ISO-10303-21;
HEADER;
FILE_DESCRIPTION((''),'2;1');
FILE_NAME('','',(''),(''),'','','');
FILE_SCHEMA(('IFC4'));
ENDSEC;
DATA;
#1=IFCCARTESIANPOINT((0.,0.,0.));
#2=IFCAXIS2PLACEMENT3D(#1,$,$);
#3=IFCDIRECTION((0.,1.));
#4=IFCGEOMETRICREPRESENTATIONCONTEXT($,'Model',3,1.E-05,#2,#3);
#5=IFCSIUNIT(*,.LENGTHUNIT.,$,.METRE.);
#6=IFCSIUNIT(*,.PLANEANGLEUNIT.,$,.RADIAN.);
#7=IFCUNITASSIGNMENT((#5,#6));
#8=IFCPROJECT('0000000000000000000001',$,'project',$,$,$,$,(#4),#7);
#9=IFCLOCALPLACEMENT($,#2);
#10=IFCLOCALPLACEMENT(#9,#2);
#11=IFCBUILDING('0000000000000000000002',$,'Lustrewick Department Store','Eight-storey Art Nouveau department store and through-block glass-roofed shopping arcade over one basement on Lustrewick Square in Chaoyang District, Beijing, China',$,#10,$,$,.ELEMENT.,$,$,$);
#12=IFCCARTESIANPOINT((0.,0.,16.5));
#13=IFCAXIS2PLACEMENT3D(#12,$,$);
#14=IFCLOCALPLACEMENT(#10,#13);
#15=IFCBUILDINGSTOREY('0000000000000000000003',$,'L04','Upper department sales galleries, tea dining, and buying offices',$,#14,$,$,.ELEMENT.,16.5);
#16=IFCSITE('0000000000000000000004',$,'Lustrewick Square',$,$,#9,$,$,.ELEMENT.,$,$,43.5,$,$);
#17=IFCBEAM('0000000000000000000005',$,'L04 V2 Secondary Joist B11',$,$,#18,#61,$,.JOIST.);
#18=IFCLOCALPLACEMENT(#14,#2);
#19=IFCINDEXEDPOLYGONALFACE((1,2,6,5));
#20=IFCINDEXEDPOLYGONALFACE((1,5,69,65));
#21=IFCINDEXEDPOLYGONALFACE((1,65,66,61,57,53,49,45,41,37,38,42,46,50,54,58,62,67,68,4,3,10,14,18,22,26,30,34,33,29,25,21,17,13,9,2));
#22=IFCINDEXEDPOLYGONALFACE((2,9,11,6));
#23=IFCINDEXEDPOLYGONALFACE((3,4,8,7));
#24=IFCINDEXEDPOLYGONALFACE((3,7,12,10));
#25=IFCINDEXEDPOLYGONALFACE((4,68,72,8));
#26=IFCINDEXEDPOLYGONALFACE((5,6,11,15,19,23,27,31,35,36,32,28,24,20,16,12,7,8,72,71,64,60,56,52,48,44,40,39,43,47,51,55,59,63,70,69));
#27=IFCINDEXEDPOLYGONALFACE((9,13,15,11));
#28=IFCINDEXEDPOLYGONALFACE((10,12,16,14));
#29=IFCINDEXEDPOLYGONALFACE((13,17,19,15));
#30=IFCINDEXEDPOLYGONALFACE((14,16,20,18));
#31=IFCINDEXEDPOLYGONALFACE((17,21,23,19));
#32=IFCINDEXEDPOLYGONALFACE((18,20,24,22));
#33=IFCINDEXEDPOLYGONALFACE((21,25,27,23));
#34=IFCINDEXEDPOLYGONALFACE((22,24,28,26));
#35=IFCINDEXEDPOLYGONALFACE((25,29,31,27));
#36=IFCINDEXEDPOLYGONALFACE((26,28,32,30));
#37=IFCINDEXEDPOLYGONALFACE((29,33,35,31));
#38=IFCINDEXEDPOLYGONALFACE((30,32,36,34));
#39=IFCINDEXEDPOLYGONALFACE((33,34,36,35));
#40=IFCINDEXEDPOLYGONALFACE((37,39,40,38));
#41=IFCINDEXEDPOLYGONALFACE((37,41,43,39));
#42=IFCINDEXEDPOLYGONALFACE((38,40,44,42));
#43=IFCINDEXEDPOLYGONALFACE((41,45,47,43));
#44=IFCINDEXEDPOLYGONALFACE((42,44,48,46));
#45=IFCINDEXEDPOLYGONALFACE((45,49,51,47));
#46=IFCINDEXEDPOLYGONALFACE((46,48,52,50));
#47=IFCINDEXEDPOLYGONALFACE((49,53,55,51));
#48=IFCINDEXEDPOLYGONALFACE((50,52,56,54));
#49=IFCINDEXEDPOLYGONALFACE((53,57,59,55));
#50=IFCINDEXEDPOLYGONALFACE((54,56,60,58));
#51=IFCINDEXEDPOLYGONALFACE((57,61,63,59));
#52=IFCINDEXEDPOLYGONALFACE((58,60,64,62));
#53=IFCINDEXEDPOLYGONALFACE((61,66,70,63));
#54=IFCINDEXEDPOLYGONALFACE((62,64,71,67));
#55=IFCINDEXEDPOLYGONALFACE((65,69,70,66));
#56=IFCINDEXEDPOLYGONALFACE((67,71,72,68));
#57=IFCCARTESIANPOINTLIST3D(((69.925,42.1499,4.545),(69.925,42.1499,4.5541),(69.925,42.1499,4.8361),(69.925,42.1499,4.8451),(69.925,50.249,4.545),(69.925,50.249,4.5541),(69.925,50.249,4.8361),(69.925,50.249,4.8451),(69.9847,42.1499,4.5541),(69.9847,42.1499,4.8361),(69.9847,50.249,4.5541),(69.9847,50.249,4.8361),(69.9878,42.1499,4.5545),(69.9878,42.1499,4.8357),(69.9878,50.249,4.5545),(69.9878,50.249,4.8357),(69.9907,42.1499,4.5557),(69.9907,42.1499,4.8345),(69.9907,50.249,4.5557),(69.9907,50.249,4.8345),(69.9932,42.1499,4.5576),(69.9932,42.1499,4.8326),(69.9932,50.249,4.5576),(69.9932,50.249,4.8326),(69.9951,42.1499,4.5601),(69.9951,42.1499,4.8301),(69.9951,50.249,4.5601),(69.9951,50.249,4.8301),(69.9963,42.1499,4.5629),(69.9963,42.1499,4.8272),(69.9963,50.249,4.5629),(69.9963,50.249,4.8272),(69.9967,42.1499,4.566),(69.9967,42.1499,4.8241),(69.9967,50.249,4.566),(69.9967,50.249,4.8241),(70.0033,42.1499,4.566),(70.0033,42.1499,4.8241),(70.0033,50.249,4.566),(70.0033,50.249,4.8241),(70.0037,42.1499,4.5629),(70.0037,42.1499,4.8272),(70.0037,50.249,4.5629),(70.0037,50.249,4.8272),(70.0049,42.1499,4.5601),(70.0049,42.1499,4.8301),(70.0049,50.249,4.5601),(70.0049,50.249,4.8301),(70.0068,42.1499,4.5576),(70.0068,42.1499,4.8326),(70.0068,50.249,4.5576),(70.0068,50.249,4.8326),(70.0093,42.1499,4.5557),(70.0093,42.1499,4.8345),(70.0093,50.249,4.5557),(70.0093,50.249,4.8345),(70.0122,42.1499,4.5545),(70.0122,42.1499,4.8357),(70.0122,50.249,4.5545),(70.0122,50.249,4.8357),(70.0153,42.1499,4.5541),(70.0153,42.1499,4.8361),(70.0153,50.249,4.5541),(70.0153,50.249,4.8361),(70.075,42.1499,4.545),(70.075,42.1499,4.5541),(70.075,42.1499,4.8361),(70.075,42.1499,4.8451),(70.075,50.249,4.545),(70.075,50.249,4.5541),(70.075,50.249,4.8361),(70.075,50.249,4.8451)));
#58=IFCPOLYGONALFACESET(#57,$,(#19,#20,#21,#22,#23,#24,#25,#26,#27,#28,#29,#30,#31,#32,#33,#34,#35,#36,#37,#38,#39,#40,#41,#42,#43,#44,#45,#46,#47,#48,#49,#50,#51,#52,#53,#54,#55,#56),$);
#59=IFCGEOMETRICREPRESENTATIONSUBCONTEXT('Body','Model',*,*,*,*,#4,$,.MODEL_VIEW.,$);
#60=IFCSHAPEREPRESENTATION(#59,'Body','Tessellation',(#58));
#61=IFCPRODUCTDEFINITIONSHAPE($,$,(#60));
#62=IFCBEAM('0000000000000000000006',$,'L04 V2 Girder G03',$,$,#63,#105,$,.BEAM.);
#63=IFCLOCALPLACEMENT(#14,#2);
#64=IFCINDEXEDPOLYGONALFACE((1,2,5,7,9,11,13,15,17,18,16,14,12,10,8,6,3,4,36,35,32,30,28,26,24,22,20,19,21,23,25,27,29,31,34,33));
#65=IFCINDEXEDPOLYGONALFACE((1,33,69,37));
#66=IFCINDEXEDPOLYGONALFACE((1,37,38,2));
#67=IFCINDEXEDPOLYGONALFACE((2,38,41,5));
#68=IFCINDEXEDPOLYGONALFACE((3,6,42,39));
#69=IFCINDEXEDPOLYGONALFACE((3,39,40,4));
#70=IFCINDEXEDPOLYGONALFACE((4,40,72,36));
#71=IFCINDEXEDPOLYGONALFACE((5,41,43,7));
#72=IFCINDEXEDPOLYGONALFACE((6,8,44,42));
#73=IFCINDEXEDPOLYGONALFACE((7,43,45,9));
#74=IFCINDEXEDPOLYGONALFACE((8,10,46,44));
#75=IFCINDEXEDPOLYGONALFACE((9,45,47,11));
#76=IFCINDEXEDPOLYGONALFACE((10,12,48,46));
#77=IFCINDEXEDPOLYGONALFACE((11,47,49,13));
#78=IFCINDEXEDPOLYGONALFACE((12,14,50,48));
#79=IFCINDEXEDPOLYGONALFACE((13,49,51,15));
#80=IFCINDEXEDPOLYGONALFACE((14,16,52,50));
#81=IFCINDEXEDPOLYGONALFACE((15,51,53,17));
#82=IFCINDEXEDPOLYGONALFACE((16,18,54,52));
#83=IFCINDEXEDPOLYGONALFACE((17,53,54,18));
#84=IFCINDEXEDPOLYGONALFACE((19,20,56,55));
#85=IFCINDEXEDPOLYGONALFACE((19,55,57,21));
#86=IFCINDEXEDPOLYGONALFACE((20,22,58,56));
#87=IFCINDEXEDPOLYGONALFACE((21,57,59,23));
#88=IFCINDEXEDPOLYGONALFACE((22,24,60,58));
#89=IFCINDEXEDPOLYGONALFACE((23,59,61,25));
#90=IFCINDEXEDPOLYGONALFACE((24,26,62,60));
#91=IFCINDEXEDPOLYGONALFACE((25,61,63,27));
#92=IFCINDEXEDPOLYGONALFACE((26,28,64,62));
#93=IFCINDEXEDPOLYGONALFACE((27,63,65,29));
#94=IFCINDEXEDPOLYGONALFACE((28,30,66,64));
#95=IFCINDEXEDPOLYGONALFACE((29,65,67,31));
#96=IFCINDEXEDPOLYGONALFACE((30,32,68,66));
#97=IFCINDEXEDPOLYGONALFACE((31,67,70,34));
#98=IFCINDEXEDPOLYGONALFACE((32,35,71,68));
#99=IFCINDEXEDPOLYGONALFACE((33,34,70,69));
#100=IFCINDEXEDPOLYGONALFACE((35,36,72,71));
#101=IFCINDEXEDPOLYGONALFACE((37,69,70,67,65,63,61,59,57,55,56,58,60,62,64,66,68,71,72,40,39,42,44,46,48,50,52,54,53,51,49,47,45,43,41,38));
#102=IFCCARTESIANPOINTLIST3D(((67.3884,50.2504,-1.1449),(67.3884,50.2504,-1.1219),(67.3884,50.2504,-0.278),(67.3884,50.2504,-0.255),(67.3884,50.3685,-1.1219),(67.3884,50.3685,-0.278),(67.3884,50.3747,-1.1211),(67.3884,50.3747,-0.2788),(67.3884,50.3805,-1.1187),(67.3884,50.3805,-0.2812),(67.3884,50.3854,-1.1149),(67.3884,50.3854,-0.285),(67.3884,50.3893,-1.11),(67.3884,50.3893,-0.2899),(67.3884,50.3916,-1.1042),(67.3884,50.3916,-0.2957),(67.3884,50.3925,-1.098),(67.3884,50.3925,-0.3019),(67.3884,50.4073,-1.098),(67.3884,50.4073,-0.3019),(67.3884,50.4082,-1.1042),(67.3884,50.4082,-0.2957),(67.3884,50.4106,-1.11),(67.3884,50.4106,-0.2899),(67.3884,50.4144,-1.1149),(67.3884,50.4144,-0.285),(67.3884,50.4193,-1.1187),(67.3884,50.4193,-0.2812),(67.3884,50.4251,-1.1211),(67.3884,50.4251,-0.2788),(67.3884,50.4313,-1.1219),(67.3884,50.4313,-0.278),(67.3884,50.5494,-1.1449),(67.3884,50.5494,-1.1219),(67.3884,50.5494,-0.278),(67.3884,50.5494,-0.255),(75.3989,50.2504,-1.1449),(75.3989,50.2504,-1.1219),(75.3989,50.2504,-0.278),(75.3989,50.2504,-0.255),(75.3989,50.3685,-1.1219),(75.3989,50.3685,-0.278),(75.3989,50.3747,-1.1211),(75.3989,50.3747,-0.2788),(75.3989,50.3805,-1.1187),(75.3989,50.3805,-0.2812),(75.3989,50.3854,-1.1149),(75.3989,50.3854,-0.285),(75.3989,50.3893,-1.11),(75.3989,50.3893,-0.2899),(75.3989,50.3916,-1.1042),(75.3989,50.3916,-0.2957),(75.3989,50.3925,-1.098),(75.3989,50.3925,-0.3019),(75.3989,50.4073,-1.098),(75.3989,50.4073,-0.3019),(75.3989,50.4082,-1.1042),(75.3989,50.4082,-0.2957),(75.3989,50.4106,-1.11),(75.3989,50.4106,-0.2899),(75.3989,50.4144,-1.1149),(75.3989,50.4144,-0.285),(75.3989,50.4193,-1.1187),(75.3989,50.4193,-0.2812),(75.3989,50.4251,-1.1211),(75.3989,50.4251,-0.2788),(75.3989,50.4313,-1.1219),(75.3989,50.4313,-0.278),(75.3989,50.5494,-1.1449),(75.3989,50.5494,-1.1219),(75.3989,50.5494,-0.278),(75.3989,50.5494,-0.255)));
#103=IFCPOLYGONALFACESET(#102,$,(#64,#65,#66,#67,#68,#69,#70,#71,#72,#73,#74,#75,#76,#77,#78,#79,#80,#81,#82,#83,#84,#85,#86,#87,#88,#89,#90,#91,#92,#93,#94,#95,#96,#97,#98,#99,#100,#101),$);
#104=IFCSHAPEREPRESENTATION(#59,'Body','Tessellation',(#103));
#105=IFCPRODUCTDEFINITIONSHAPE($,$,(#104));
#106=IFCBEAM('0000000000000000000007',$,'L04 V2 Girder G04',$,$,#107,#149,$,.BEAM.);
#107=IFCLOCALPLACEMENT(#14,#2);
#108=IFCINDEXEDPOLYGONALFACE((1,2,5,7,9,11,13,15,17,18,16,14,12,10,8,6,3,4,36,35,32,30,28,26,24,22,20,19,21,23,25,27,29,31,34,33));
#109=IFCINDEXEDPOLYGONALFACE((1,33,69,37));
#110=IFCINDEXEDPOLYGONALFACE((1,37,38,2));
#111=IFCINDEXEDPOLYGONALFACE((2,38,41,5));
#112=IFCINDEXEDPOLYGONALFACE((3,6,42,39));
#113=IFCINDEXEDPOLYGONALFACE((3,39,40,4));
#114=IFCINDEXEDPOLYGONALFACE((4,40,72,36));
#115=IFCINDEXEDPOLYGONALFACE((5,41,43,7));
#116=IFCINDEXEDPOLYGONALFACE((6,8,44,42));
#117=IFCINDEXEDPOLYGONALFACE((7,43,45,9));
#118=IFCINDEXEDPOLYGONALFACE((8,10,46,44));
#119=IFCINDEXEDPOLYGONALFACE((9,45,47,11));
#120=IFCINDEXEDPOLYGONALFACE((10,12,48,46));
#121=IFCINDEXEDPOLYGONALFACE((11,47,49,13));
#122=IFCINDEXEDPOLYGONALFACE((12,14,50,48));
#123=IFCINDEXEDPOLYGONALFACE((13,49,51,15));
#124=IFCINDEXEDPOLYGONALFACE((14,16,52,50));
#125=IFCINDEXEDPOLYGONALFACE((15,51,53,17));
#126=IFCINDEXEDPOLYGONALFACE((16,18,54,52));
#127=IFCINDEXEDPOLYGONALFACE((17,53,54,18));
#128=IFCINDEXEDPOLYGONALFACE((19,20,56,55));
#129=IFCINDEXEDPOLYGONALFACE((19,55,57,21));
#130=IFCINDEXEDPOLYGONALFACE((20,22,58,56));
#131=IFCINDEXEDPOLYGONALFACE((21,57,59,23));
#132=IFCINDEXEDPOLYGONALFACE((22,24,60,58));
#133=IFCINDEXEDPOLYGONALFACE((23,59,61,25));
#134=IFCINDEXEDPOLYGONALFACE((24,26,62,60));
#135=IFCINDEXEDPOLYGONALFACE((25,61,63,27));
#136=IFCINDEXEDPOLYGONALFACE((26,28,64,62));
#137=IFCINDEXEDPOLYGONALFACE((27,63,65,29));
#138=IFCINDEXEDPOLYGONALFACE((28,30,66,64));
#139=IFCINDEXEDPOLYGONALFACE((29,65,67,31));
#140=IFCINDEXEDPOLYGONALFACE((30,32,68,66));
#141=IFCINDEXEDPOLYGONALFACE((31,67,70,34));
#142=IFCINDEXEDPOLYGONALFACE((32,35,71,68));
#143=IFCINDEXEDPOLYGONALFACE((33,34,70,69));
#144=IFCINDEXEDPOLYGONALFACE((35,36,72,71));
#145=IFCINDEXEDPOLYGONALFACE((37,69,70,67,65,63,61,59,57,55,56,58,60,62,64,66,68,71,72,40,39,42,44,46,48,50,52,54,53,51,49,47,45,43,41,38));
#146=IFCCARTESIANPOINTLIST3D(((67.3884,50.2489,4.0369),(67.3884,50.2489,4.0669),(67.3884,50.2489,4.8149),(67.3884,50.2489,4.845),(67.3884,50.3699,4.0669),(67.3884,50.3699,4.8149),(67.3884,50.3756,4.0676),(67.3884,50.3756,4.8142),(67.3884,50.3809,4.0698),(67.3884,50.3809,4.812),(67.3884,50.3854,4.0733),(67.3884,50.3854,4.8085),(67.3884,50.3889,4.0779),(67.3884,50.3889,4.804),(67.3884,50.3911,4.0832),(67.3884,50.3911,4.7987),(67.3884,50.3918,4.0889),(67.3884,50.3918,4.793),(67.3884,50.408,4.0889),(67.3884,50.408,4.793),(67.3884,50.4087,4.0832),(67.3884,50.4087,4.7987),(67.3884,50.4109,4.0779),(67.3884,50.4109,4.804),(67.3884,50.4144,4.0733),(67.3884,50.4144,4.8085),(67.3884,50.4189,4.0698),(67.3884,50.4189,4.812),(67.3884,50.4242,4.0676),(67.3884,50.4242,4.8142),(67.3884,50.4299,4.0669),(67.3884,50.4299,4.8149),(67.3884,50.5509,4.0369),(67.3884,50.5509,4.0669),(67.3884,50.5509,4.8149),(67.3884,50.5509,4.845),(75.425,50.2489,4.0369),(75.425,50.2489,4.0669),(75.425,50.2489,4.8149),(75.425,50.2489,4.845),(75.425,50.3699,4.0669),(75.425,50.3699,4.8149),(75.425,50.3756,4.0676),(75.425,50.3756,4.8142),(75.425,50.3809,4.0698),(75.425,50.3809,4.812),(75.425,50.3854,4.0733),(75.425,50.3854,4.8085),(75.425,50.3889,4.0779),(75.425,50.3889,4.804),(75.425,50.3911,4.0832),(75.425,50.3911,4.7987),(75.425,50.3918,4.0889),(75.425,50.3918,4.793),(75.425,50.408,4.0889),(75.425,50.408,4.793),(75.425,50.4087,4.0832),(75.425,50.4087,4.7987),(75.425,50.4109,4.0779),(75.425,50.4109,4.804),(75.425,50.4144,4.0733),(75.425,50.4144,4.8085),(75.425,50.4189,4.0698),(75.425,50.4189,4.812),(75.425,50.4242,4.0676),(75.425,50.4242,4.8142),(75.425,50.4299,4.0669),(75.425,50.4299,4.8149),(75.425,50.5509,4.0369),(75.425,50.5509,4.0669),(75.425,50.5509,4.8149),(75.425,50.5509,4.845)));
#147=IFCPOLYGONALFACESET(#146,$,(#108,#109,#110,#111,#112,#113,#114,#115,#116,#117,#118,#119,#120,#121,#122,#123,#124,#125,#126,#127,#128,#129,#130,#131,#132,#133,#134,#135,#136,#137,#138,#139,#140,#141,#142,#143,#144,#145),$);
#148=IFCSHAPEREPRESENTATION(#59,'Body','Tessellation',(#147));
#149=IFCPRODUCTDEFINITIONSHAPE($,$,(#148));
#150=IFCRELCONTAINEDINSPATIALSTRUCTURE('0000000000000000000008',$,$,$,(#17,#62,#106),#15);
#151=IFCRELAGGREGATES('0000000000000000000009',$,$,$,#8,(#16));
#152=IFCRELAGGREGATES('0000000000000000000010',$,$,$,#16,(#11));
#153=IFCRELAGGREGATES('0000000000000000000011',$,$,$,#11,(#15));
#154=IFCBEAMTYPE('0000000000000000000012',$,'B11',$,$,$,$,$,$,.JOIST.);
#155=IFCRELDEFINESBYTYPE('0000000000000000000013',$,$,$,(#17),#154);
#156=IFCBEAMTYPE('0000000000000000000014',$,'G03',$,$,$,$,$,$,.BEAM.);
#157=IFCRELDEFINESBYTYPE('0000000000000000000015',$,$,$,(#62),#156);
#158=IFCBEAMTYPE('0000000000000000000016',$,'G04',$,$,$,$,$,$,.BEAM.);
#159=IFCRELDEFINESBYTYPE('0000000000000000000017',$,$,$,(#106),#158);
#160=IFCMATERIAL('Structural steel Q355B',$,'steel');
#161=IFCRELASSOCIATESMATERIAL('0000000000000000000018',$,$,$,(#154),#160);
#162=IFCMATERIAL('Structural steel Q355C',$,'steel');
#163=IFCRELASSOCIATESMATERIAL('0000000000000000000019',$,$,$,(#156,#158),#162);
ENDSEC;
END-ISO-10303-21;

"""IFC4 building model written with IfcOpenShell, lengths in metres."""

from ifc_helpers import new_model, si_unit, direction, frame, origin, origin_2d, place, context, subcontext, project, spatial, i_section, extrude, material, material_profile, profile_set, type_object, element, save


model = new_model("IFC4")

# Units and contexts
model_context = context("Model", 3, precision=1e-05, world=origin(), true_north=direction((0.0, 1.0)))
body_context = subcontext(model_context, "Body", "Model", "MODEL_VIEW")
ifc_project = project(units=[si_unit("LENGTHUNIT", "METRE"), si_unit("PLANEANGLEUNIT", "RADIAN")], contexts=[model_context])

# Site, building, storey
site_placement = place(None, origin())
site = spatial("IfcSite", under=ifc_project, at=site_placement, Name="Lustrewick Square", CompositionType="ELEMENT", RefElevation=43.5)
building_placement = place(site_placement, origin())
building = spatial("IfcBuilding", under=site, at=building_placement, Name="Lustrewick Department Store", Description="Eight-storey Art Nouveau department store and through-block glass-roofed shopping arcade over one basement on Lustrewick Square in Chaoyang District, Beijing, China", CompositionType="ELEMENT")
storey_placement = place(building_placement, frame((0.0, 0.0, 16.5)))
storey = spatial("IfcBuildingStorey", under=building, at=storey_placement, Name="L04", Description="Upper department sales galleries, tea dining, and buying offices", CompositionType="ELEMENT", Elevation=16.5)

# Shared definitions
ifc_material_1 = material(Name="Structural steel Q355B", Category="steel")
ifc_material_2 = material(Name="Structural steel Q355C", Category="steel")

# Beams
ifc_material_profile_1 = material_profile(ifc_material_1, i_section(OverallWidth=0.1499, OverallDepth=0.3, WebThickness=0.0066, FlangeThickness=0.009, FilletRadius=0.012, at=origin_2d()), Name="HN 300x150x6.5x9")
ifc_profile_set_1 = profile_set([ifc_material_profile_1], Name="Structural steel Q355B")
beam_type_1 = type_object("IfcBeamType", Name="B11", PredefinedType="JOIST", material=ifc_profile_set_1)
beam_1_placement = place(storey_placement, frame((70.0, 42.1499, 4.6951), z_axis=(0.0, 1.0, 0.0), x_axis=(-1.0, 0.0, 0.0)))
element("IfcBeam", 1, at=beam_1_placement, inside=storey, type_object=beam_type_1, Name="L04 V2 Secondary Joist B11", PredefinedType="JOIST", context=body_context, shape_type="SweptSolid", body=[
    extrude(i_section(OverallWidth=0.1499, OverallDepth=0.3, WebThickness=0.0066, FlangeThickness=0.009, FilletRadius=0.012, at=origin_2d()), origin(), (0.0, 0.0, 1.0), 8.0991),
])
ifc_material_profile_2 = material_profile(ifc_material_2, i_section(OverallWidth=0.2991, OverallDepth=0.8899, WebThickness=0.0149, FlangeThickness=0.0229, FilletRadius=0.0239, at=origin_2d()), Name="HN 890x299x15x23")
ifc_profile_set_2 = profile_set([ifc_material_profile_2], Name="Structural steel Q355C")
beam_type_2 = type_object("IfcBeamType", Name="G03", PredefinedType="BEAM", material=ifc_profile_set_2)
beam_2_placement = place(storey_placement, frame((67.3884, 50.3999, -0.7), z_axis=(1.0, 0.0, 0.0), x_axis=(0.0, 1.0, 0.0)))
element("IfcBeam", 2, at=beam_2_placement, inside=storey, type_object=beam_type_2, Name="L04 V2 Girder G03", PredefinedType="BEAM", context=body_context, shape_type="SweptSolid", body=[
    extrude(i_section(OverallWidth=0.2991, OverallDepth=0.8899, WebThickness=0.0149, FlangeThickness=0.0229, FilletRadius=0.0239, at=origin_2d()), origin(), (0.0, 0.0, 1.0), 8.0105),
])
ifc_material_profile_3 = material_profile(ifc_material_2, i_section(OverallWidth=0.302, OverallDepth=0.8081, WebThickness=0.0161, FlangeThickness=0.03, FilletRadius=0.022, at=origin_2d()), Name="HN 808x302x16x30")
ifc_profile_set_3 = profile_set([ifc_material_profile_3], Name="Structural steel Q355C")
beam_type_3 = type_object("IfcBeamType", Name="G04", PredefinedType="BEAM", material=ifc_profile_set_3)
beam_3_placement = place(storey_placement, frame((67.3884, 50.3999, 4.4409), z_axis=(1.0, 0.0, 0.0), x_axis=(0.0, 1.0, 0.0)))
element("IfcBeam", 3, at=beam_3_placement, inside=storey, type_object=beam_type_3, Name="L04 V2 Girder G04", PredefinedType="BEAM", context=body_context, shape_type="SweptSolid", body=[
    extrude(i_section(OverallWidth=0.302, OverallDepth=0.8081, WebThickness=0.0161, FlangeThickness=0.03, FilletRadius=0.022, at=origin_2d()), origin(), (0.0, 0.0, 1.0), 8.0366),
])

save(model, "model.ifc")
